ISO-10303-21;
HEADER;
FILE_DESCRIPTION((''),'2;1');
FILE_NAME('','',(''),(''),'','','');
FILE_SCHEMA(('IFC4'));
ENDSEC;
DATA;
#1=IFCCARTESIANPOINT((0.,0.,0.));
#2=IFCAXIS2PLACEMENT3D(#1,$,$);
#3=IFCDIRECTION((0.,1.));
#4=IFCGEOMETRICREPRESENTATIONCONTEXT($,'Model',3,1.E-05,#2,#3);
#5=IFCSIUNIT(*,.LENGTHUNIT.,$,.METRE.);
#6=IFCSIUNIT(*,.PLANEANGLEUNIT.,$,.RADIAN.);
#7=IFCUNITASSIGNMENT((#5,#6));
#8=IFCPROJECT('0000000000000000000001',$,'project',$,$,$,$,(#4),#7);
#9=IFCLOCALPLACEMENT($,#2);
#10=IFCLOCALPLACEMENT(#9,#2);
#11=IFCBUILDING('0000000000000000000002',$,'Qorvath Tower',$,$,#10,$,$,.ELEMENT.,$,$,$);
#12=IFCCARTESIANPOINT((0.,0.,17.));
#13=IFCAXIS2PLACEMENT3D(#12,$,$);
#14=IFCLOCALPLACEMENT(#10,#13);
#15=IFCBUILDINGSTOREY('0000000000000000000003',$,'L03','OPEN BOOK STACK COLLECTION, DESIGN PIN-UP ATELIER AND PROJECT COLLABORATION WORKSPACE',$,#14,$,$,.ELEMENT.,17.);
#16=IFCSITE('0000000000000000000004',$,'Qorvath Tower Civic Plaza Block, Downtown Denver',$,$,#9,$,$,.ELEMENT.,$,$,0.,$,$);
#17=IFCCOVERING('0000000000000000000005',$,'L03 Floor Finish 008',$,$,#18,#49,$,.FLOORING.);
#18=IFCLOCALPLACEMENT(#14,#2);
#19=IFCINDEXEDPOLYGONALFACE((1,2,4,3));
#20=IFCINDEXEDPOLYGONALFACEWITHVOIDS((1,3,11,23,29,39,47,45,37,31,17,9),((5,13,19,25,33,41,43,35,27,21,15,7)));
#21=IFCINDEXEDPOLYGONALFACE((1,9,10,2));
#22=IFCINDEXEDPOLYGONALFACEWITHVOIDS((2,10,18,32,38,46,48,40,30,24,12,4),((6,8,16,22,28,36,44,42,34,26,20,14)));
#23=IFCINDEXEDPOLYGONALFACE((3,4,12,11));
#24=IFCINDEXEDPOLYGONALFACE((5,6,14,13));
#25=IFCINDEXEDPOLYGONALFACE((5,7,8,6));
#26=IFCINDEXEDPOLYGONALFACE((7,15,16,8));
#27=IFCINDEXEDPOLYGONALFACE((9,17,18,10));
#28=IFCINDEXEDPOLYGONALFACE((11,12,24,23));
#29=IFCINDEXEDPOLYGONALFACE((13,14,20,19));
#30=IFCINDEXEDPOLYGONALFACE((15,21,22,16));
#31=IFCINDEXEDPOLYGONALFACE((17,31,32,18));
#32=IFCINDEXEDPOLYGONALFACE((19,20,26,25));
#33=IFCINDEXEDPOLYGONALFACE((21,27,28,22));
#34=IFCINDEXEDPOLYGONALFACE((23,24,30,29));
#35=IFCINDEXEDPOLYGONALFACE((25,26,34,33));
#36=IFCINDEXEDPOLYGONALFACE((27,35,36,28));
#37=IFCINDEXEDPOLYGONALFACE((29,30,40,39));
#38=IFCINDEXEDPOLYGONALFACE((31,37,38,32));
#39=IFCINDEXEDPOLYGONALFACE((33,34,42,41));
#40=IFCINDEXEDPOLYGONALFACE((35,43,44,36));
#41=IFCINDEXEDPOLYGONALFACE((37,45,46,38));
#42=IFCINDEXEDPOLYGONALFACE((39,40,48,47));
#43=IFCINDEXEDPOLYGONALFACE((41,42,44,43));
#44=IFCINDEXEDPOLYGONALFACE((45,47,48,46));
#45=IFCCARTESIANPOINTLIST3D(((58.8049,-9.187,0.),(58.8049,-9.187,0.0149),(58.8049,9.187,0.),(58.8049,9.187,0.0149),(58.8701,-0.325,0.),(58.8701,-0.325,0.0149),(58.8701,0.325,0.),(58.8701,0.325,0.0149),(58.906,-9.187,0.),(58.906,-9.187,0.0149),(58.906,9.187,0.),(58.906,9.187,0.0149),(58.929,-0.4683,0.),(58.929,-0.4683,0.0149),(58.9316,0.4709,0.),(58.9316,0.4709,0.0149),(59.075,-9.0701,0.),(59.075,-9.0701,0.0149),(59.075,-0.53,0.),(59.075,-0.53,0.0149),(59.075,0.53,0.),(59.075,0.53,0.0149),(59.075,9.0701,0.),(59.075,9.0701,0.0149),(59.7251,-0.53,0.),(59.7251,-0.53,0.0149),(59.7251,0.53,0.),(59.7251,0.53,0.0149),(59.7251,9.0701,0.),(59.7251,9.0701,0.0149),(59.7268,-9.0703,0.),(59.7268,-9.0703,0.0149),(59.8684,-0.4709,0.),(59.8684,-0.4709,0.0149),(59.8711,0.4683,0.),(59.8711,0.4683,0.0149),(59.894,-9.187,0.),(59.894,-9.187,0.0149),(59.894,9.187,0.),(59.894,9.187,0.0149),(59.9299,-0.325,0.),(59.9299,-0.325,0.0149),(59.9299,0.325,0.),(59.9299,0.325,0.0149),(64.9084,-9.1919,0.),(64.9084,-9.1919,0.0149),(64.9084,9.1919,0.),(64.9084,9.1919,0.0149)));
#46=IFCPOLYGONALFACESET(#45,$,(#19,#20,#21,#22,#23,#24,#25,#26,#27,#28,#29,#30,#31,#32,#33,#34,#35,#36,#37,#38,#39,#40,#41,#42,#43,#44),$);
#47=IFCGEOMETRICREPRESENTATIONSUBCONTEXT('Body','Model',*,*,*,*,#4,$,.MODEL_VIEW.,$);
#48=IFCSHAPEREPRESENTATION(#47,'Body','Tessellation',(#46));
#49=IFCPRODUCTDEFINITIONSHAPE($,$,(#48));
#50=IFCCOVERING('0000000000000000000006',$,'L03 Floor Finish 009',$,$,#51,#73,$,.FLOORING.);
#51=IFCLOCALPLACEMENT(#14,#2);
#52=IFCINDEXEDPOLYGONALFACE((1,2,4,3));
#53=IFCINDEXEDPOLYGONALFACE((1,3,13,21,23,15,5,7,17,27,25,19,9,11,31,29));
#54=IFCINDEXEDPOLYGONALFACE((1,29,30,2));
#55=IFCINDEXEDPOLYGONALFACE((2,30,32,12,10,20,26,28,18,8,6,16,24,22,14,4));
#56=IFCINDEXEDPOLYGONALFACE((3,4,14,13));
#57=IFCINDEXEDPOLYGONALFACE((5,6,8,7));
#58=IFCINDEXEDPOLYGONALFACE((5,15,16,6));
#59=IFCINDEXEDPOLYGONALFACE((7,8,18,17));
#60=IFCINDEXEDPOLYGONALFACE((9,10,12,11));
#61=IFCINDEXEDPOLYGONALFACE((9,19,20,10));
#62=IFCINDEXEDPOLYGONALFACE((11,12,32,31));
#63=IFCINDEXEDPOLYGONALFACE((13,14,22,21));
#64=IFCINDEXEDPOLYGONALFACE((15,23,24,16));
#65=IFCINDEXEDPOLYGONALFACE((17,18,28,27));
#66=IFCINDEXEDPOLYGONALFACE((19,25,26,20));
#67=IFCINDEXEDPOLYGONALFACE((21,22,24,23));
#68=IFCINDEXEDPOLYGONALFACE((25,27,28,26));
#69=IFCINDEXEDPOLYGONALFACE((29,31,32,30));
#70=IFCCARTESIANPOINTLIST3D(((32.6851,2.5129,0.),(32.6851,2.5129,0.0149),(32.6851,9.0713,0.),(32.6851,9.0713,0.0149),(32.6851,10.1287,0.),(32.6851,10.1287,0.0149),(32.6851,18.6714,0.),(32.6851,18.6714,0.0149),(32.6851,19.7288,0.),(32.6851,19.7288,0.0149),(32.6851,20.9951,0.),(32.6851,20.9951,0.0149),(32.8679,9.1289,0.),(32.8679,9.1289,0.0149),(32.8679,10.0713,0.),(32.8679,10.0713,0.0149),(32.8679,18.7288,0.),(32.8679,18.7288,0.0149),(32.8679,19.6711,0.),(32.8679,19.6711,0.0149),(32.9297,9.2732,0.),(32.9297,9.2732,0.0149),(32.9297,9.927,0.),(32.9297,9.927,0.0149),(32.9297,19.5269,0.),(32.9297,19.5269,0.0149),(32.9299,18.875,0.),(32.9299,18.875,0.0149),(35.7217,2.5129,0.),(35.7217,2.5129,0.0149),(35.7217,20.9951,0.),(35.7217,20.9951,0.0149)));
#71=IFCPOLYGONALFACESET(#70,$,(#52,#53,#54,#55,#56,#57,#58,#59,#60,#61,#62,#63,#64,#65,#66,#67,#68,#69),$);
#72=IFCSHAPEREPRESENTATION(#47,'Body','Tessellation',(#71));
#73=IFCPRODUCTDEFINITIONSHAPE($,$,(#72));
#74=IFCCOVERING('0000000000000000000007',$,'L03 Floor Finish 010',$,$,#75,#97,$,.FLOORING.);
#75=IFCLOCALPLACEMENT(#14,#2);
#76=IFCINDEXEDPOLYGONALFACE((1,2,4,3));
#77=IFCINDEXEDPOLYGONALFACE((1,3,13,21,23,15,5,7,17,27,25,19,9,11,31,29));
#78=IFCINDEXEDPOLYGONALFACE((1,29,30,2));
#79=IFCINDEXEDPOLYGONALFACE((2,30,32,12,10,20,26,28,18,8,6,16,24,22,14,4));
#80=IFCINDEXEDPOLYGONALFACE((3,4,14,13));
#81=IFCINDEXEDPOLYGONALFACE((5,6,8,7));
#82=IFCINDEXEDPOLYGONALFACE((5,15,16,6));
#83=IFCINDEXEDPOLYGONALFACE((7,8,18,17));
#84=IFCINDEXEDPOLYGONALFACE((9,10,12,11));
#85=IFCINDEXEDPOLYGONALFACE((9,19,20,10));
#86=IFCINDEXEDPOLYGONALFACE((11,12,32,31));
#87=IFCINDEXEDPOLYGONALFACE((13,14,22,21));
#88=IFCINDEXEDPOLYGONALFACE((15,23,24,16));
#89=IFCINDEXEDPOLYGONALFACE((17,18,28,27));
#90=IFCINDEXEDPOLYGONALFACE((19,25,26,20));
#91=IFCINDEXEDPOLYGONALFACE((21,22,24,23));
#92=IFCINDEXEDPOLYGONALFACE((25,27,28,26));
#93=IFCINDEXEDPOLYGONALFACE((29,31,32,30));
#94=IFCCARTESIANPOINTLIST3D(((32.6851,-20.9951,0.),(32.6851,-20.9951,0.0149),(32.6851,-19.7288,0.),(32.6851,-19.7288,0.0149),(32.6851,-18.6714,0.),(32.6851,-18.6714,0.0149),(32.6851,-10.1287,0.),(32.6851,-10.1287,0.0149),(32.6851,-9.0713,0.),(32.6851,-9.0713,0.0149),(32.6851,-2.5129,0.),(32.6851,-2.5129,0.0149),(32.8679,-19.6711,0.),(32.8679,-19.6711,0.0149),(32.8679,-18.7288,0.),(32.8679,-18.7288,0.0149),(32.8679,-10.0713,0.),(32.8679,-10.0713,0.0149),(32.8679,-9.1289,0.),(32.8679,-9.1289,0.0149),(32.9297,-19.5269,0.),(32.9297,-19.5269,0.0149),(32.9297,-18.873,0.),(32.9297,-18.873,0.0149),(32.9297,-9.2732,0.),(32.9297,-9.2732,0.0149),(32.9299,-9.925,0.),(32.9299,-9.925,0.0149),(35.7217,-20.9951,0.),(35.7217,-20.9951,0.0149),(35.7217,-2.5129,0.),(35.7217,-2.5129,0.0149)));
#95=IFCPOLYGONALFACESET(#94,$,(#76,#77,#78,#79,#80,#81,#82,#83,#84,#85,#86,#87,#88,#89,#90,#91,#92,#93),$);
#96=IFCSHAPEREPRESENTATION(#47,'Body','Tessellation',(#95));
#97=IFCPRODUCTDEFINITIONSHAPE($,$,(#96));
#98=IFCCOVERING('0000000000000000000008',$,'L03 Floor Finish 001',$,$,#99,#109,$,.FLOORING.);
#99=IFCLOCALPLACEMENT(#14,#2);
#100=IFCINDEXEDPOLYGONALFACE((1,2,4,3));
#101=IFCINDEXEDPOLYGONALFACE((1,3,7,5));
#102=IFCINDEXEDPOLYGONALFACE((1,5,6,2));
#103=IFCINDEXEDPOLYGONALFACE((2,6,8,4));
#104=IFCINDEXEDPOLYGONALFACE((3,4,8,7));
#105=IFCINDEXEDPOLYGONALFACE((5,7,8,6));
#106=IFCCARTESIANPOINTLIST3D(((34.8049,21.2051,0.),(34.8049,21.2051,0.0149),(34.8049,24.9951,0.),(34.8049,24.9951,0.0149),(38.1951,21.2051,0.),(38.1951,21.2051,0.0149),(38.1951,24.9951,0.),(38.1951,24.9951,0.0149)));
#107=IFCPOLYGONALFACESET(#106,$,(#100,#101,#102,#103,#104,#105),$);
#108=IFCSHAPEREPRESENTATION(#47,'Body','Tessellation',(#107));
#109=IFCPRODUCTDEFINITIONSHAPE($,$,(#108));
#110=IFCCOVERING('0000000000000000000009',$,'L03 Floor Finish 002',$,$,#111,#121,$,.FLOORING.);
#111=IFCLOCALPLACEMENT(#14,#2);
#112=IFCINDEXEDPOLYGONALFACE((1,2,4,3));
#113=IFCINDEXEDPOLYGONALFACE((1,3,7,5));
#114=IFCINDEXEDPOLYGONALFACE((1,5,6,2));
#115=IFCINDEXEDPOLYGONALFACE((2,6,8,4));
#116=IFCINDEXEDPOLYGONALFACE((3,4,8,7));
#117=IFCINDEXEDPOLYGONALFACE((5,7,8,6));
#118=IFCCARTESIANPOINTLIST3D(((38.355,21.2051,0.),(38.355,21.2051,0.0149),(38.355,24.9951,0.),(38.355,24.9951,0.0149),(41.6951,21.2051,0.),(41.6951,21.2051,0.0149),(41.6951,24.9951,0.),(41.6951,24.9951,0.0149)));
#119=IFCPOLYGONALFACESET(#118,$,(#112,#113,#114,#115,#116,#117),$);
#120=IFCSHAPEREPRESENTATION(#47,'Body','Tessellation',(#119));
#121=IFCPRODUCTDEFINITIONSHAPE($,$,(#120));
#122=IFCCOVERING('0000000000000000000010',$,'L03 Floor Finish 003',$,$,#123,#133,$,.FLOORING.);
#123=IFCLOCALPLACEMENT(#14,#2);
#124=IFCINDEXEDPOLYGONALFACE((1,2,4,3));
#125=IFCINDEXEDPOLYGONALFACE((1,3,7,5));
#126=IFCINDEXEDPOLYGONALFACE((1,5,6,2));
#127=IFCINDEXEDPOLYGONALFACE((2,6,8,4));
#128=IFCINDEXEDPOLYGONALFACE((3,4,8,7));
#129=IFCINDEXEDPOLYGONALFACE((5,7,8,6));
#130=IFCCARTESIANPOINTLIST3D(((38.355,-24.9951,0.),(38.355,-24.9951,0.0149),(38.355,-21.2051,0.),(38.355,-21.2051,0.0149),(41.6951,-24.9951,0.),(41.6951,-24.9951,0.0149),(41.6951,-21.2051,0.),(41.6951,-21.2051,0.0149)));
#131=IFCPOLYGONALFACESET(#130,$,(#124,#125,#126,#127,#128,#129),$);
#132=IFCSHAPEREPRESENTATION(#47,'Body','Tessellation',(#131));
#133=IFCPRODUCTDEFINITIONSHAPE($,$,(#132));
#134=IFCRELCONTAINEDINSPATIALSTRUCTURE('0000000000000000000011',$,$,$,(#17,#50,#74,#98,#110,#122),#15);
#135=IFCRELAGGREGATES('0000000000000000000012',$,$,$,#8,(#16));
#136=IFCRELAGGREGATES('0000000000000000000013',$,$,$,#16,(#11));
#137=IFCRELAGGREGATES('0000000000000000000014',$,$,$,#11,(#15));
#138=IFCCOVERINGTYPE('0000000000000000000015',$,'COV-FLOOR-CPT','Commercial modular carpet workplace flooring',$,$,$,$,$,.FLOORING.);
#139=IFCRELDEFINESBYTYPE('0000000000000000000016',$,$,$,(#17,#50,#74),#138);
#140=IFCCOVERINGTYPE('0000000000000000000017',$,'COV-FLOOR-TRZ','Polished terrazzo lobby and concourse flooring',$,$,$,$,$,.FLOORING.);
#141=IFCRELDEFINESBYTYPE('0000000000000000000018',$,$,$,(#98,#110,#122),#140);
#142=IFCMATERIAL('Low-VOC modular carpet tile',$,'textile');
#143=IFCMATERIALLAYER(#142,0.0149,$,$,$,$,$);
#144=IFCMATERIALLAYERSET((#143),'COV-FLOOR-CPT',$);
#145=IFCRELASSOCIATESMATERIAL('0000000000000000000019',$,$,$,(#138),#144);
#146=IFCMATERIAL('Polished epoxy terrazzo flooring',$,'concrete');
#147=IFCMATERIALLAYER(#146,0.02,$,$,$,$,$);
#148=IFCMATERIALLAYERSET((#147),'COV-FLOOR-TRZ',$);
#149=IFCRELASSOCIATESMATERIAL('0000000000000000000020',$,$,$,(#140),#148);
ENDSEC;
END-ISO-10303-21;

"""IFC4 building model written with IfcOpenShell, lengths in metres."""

from ifc_helpers import new_model, si_unit, direction, frame, origin, place, context, subcontext, project, spatial, polyline, outline, extrude, material, layer, layer_set, type_object, element, save


model = new_model("IFC4")

# Units and contexts
model_context = context("Model", 3, precision=1e-05, world=origin(), true_north=direction((0.0, 1.0)))
body_context = subcontext(model_context, "Body", "Model", "MODEL_VIEW")
ifc_project = project(units=[si_unit("LENGTHUNIT", "METRE"), si_unit("PLANEANGLEUNIT", "RADIAN")], contexts=[model_context])

# Site, building, storey
site_placement = place(None, origin())
site = spatial("IfcSite", under=ifc_project, at=site_placement, Name="Qorvath Tower Civic Plaza Block, Downtown Denver", CompositionType="ELEMENT", RefElevation=0.0)
building_placement = place(site_placement, origin())
building = spatial("IfcBuilding", under=site, at=building_placement, Name="Qorvath Tower", CompositionType="ELEMENT")
storey_placement = place(building_placement, frame((0.0, 0.0, 17.0)))
storey = spatial("IfcBuildingStorey", under=building, at=storey_placement, Name="L03", Description="OPEN BOOK STACK COLLECTION, DESIGN PIN-UP ATELIER AND PROJECT COLLABORATION WORKSPACE", CompositionType="ELEMENT", Elevation=17.0)

# Coverings
ifc_material_1 = material(Name="Low-VOC modular carpet tile", Category="textile")
ifc_layer_1 = layer(ifc_material_1, 0.0149)
ifc_layer_set_1 = layer_set([ifc_layer_1], Name="COV-FLOOR-CPT")
covering_type_1 = type_object("IfcCoveringType", Name="COV-FLOOR-CPT", Description="Commercial modular carpet workplace flooring", PredefinedType="FLOORING", material=ifc_layer_set_1)
covering_1_placement = place(storey_placement, origin())
element("IfcCovering", 1, at=covering_1_placement, inside=storey, type_object=covering_type_1, Name="L03 Floor Finish 008", PredefinedType="FLOORING", context=body_context, shape_type="SweptSolid", body=[
    extrude(outline(polyline([(59.7268, -9.0703), (59.894, -9.187), (64.9084, -9.1919), (64.9084, 9.1919), (59.894, 9.187), (59.7251, 9.0701), (59.075, 9.0701), (58.906, 9.187), (58.8049, 9.187), (58.8049, -9.187), (58.906, -9.187), (59.075, -9.0701), (59.7268, -9.0703)]), holes=[polyline([(59.8711, 0.4683), (59.9299, 0.325), (59.9299, -0.325), (59.8684, -0.4709), (59.7251, -0.53), (59.075, -0.53), (58.929, -0.4683), (58.8701, -0.325), (58.8701, 0.325), (58.9316, 0.4709), (59.075, 0.53), (59.7251, 0.53), (59.8711, 0.4683)])]), origin(), (0.0, 0.0, 1.0), 0.0149),
])
covering_2_placement = place(storey_placement, origin())
element("IfcCovering", 2, at=covering_2_placement, inside=storey, type_object=covering_type_1, Name="L03 Floor Finish 009", PredefinedType="FLOORING", context=body_context, shape_type="SweptSolid", body=[
    extrude(outline(polyline([(32.9297, 9.2732), (32.8679, 9.1289), (32.6851, 9.0713), (32.6851, 2.5129), (35.7217, 2.5129), (35.7217, 20.9951), (32.6851, 20.9951), (32.6851, 19.7288), (32.8679, 19.6711), (32.9297, 19.5269), (32.9299, 18.875), (32.8679, 18.7288), (32.6851, 18.6714), (32.6851, 10.1287), (32.8679, 10.0713), (32.9297, 9.927), (32.9297, 9.2732)])), origin(), (0.0, 0.0, 1.0), 0.0149),
])
covering_3_placement = place(storey_placement, origin())
element("IfcCovering", 3, at=covering_3_placement, inside=storey, type_object=covering_type_1, Name="L03 Floor Finish 010", PredefinedType="FLOORING", context=body_context, shape_type="SweptSolid", body=[
    extrude(outline(polyline([(32.9297, -19.5269), (32.8679, -19.6711), (32.6851, -19.7288), (32.6851, -20.9951), (35.7217, -20.9951), (35.7217, -2.5129), (32.6851, -2.5129), (32.6851, -9.0713), (32.8679, -9.1289), (32.9297, -9.2732), (32.9299, -9.925), (32.8679, -10.0713), (32.6851, -10.1287), (32.6851, -18.6714), (32.8679, -18.7288), (32.9297, -18.873), (32.9297, -19.5269)])), origin(), (0.0, 0.0, 1.0), 0.0149),
])
ifc_material_2 = material(Name="Polished epoxy terrazzo flooring", Category="concrete")
ifc_layer_2 = layer(ifc_material_2, 0.02)
ifc_layer_set_2 = layer_set([ifc_layer_2], Name="COV-FLOOR-TRZ")
covering_type_2 = type_object("IfcCoveringType", Name="COV-FLOOR-TRZ", Description="Polished terrazzo lobby and concourse flooring", PredefinedType="FLOORING", material=ifc_layer_set_2)
covering_4_placement = place(storey_placement, origin())
element("IfcCovering", 4, at=covering_4_placement, inside=storey, type_object=covering_type_2, Name="L03 Floor Finish 001", PredefinedType="FLOORING", context=body_context, shape_type="SweptSolid", body=[
    extrude(outline(polyline([(38.1951, 24.9951), (34.8049, 24.9951), (34.8049, 21.2051), (38.1951, 21.2051), (38.1951, 24.9951)])), origin(), (0.0, 0.0, 1.0), 0.0149),
])
covering_5_placement = place(storey_placement, origin())
element("IfcCovering", 5, at=covering_5_placement, inside=storey, type_object=covering_type_2, Name="L03 Floor Finish 002", PredefinedType="FLOORING", context=body_context, shape_type="SweptSolid", body=[
    extrude(outline(polyline([(41.6951, 24.9951), (38.355, 24.9951), (38.355, 21.2051), (41.6951, 21.2051), (41.6951, 24.9951)])), origin(), (0.0, 0.0, 1.0), 0.0149),
])
covering_6_placement = place(storey_placement, origin())
element("IfcCovering", 6, at=covering_6_placement, inside=storey, type_object=covering_type_2, Name="L03 Floor Finish 003", PredefinedType="FLOORING", context=body_context, shape_type="SweptSolid", body=[
    extrude(outline(polyline([(41.6951, -21.2051), (38.355, -21.2051), (38.355, -24.9951), (41.6951, -24.9951), (41.6951, -21.2051)])), origin(), (0.0, 0.0, 1.0), 0.0149),
])

save(model, "model.ifc")
